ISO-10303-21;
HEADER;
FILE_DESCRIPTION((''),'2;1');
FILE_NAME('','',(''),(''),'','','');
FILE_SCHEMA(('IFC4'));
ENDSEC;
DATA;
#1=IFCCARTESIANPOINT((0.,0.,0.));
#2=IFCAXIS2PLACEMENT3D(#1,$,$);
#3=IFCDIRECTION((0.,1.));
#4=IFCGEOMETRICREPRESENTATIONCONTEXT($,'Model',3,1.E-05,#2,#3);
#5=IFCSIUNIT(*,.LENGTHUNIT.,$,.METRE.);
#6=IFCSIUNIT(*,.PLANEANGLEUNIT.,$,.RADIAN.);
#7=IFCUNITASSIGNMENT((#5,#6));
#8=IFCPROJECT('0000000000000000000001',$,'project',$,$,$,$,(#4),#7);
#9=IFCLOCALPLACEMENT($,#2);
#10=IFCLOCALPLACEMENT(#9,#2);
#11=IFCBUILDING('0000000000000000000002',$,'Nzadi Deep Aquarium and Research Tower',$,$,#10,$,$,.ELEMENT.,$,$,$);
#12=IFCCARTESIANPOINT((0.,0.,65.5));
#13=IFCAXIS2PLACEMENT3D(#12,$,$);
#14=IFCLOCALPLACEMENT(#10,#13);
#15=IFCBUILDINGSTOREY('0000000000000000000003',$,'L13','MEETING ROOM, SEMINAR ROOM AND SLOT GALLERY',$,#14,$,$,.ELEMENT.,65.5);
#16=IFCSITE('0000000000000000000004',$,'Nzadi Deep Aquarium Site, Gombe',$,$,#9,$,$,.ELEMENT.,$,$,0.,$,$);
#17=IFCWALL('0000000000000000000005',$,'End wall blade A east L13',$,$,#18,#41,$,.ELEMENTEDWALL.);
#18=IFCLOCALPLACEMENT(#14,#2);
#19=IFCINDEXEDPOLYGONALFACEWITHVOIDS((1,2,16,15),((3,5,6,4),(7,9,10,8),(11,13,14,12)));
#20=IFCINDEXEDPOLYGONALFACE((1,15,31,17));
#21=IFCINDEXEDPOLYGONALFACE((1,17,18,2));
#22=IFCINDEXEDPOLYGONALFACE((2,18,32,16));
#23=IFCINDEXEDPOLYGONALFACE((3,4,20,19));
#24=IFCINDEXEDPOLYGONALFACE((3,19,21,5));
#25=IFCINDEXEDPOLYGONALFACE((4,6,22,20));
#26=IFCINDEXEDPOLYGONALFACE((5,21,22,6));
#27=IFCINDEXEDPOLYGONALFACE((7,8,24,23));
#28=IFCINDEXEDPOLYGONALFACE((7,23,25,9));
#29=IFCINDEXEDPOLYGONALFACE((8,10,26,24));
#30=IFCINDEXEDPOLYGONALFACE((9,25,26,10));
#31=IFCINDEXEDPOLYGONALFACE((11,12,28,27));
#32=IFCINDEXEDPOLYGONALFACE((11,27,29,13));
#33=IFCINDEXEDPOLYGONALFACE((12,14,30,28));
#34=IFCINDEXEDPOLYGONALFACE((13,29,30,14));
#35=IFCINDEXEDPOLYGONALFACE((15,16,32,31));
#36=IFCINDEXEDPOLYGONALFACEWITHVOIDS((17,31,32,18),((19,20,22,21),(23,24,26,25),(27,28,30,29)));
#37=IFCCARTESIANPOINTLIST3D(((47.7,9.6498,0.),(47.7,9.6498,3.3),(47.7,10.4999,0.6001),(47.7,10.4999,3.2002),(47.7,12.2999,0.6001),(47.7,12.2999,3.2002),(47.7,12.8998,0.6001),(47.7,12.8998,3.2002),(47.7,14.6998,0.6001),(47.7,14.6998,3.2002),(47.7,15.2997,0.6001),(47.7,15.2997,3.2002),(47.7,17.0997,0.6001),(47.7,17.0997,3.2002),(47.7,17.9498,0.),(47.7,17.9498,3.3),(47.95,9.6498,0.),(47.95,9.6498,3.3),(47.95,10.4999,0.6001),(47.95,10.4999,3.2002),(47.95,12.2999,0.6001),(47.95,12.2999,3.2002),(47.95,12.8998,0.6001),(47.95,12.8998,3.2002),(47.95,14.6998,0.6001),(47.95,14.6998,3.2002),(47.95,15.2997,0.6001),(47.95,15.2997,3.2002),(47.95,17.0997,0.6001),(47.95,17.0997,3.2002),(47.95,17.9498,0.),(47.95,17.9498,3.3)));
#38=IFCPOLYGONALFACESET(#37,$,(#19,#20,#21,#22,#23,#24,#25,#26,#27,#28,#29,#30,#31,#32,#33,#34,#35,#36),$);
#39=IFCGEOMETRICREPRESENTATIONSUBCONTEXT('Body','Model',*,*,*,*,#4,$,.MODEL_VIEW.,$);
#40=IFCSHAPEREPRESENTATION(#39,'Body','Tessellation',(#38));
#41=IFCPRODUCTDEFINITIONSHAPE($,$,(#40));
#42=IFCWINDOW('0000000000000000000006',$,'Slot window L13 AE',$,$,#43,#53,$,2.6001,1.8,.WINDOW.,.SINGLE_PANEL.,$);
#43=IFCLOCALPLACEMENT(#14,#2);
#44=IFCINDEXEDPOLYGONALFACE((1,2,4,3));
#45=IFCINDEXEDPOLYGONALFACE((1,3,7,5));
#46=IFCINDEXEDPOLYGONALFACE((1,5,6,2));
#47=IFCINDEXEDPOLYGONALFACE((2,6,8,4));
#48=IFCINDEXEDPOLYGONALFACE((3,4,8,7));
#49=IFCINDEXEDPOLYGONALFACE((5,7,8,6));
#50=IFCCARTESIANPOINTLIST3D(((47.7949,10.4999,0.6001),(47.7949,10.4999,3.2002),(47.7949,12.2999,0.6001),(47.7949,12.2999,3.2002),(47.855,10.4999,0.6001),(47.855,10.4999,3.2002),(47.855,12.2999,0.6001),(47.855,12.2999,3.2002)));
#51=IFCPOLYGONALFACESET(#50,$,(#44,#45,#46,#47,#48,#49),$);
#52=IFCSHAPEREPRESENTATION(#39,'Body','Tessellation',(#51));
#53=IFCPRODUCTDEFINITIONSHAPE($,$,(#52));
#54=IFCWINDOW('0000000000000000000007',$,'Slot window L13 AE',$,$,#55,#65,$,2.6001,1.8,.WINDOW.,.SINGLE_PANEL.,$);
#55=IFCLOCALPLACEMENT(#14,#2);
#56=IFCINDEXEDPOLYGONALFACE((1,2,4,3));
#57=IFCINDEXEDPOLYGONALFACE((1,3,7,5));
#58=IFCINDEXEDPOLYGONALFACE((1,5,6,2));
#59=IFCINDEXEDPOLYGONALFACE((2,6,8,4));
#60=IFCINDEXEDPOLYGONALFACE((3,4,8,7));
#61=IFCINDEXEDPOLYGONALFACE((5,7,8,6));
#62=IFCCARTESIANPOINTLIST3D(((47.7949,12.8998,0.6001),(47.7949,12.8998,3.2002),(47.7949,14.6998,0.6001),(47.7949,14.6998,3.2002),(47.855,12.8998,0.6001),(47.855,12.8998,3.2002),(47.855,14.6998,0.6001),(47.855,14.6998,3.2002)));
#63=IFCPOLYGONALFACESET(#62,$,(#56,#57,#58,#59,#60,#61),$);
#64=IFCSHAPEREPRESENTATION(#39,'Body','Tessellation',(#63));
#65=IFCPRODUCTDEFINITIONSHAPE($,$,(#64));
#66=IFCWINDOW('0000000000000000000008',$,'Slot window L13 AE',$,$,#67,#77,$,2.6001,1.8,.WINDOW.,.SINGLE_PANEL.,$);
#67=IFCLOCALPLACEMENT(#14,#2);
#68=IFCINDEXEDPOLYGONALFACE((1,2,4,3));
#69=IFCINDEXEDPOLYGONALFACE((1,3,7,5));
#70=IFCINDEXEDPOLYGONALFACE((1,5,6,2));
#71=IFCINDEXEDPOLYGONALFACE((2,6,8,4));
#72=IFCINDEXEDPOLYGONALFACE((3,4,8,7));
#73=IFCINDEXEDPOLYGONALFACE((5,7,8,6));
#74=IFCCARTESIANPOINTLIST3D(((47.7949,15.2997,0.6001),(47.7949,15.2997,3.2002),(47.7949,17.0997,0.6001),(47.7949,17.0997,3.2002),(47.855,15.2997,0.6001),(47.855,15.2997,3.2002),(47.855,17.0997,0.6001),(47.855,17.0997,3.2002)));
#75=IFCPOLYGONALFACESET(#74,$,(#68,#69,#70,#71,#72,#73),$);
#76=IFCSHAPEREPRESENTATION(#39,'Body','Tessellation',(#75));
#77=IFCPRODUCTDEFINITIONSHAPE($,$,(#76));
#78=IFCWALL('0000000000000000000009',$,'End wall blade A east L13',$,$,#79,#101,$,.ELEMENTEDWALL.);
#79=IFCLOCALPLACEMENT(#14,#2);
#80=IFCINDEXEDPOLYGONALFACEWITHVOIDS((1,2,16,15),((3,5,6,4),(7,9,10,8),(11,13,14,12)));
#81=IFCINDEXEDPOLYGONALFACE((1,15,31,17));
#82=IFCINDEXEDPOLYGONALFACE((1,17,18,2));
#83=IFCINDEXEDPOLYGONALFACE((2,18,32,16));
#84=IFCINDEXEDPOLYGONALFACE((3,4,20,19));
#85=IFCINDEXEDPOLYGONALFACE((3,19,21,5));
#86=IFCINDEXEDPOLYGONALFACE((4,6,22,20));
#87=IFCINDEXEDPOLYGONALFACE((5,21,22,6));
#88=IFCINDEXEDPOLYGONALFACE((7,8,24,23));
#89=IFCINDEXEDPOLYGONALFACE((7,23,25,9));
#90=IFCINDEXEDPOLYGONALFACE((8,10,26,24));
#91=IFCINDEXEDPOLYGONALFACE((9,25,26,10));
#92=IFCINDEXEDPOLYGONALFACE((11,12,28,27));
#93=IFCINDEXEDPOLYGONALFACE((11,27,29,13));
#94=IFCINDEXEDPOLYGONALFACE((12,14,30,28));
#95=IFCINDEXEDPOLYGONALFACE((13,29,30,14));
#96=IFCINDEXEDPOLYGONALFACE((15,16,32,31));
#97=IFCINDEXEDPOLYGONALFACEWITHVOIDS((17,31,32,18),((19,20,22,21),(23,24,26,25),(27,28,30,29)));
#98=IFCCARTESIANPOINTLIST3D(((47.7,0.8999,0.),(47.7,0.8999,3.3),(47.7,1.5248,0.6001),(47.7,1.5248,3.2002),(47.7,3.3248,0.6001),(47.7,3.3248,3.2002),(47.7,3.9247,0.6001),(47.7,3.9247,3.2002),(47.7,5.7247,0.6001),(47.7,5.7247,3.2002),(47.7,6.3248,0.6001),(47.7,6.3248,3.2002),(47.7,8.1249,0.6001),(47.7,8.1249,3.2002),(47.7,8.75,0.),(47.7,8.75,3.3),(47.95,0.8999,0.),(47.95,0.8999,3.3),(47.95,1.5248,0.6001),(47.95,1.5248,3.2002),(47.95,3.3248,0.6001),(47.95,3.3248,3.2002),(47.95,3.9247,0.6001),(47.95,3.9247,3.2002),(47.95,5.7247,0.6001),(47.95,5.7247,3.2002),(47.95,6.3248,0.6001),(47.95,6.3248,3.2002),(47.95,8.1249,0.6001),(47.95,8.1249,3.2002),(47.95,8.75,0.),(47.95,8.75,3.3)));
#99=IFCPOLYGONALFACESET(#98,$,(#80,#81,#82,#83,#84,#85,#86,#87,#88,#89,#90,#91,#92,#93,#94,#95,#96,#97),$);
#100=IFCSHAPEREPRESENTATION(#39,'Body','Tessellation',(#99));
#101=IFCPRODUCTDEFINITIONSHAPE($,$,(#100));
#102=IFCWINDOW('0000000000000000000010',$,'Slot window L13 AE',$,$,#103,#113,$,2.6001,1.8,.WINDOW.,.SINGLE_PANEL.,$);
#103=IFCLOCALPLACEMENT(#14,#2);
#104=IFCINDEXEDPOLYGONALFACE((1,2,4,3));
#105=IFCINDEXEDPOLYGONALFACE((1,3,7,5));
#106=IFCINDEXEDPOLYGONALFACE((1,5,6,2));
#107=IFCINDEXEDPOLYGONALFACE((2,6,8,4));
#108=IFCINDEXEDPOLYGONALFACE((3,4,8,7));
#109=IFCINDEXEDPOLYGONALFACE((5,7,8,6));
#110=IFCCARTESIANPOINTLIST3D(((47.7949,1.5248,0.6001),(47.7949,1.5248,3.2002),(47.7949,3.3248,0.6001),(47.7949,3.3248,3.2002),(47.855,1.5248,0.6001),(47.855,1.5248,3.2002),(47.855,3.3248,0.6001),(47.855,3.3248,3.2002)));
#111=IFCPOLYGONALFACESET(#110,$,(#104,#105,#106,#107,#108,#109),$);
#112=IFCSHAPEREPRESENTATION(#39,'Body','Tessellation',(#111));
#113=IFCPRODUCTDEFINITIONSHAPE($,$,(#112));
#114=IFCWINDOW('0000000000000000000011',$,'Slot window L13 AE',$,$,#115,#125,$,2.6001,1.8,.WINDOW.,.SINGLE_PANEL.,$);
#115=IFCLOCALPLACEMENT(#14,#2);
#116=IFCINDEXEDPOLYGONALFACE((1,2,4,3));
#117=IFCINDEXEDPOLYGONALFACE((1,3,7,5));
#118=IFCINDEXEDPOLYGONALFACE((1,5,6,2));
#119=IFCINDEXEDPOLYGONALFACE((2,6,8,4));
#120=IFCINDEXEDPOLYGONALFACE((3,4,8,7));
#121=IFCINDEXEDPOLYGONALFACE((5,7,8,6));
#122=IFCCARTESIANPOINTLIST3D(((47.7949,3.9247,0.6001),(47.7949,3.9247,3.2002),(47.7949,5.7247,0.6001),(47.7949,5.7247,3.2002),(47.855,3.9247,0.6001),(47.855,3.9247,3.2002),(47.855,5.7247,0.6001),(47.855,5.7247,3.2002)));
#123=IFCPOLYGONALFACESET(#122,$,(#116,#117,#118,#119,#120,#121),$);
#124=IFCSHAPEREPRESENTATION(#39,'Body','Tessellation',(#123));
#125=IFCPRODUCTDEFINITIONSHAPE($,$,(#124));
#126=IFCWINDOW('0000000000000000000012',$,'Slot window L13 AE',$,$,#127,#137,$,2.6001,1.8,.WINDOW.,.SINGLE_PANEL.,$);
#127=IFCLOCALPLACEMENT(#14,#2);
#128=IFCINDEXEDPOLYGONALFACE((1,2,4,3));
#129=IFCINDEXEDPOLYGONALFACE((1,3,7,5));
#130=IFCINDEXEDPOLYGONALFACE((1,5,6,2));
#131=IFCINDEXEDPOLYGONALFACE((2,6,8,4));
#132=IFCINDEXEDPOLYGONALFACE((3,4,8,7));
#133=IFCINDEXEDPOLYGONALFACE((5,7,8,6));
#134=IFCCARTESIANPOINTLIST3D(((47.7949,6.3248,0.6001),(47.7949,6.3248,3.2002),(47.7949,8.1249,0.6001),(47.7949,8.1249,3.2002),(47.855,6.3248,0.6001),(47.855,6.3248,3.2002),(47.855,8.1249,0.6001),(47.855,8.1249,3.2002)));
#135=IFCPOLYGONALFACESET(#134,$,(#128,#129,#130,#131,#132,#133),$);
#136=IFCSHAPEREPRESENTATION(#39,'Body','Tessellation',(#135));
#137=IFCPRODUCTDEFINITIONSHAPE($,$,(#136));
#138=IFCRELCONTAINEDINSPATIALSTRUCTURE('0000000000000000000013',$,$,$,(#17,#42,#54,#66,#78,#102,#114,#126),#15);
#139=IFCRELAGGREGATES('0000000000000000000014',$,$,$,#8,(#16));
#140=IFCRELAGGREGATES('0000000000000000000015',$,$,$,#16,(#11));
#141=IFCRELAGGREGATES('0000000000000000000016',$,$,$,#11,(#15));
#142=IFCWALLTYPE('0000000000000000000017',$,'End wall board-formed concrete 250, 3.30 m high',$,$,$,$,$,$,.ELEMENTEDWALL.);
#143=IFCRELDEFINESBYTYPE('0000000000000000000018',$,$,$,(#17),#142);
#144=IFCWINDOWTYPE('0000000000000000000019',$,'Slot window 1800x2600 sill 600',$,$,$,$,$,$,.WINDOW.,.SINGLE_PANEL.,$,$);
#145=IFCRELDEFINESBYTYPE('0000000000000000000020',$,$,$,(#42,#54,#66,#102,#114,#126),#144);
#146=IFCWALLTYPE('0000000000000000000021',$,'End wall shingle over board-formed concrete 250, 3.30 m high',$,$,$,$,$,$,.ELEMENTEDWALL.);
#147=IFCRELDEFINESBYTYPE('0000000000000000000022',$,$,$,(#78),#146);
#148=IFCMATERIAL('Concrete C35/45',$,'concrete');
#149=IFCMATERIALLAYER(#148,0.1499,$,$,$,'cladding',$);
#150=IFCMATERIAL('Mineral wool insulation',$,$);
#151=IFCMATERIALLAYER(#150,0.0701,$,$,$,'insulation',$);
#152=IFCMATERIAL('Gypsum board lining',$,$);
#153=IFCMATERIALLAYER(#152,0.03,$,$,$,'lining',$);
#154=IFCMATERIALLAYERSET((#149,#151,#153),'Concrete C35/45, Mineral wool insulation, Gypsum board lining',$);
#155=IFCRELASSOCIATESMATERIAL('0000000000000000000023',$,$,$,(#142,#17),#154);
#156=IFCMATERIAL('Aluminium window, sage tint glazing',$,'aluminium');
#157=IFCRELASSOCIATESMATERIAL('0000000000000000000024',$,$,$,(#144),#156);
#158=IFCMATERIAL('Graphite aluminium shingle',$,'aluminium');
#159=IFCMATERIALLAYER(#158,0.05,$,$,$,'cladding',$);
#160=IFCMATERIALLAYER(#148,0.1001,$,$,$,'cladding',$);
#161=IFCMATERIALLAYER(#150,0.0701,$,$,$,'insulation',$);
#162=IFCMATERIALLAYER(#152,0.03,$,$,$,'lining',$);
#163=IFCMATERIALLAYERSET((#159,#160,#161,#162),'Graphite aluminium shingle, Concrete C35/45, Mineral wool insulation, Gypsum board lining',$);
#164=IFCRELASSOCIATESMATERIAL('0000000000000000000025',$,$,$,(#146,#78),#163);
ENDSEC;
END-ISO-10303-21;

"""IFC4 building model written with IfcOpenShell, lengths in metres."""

from ifc_helpers import new_model, si_unit, direction, frame, frame_2d, origin, place, context, subcontext, project, spatial, rectangle, extrude, material, layer, layer_set, layer_usage, type_object, element, fill, save


model = new_model("IFC4")

# Units and contexts
model_context = context("Model", 3, precision=1e-05, world=origin(), true_north=direction((0.0, 1.0)))
body_context = subcontext(model_context, "Body", "Model", "MODEL_VIEW")
ifc_project = project(units=[si_unit("LENGTHUNIT", "METRE"), si_unit("PLANEANGLEUNIT", "RADIAN")], contexts=[model_context])

# Site, building, storey
site_placement = place(None, origin())
site = spatial("IfcSite", under=ifc_project, at=site_placement, Name="Nzadi Deep Aquarium Site, Gombe", CompositionType="ELEMENT", RefElevation=0.0)
building_placement = place(site_placement, origin())
building = spatial("IfcBuilding", under=site, at=building_placement, Name="Nzadi Deep Aquarium and Research Tower", CompositionType="ELEMENT")
storey_placement = place(building_placement, frame((0.0, 0.0, 65.5)))
storey = spatial("IfcBuildingStorey", under=building, at=storey_placement, Name="L13", Description="MEETING ROOM, SEMINAR ROOM AND SLOT GALLERY", CompositionType="ELEMENT", Elevation=65.5)

# Walls, openings, windows
ifc_material_1 = material(Name="Concrete C35/45", Category="concrete")
ifc_layer_1 = layer(ifc_material_1, 0.1499, Category="cladding")
ifc_material_2 = material(Name="Mineral wool insulation")
ifc_layer_2 = layer(ifc_material_2, 0.0701, Category="insulation")
ifc_material_3 = material(Name="Gypsum board lining")
ifc_layer_3 = layer(ifc_material_3, 0.03, Category="lining")
ifc_layer_set_1 = layer_set([ifc_layer_1, ifc_layer_2, ifc_layer_3], Name="Concrete C35/45, Mineral wool insulation, Gypsum board lining")
ifc_layer_usage_1 = layer_usage(ifc_layer_set_1, "AXIS2", "POSITIVE", -0.125)
wall_type_1 = type_object("IfcWallType", Name="End wall board-formed concrete 250, 3.30 m high", PredefinedType="ELEMENTEDWALL", material=ifc_layer_set_1)
wall_1_placement = place(storey_placement, frame((47.825, 9.6499, 0.0), z_axis=(0.0, 0.0, 1.0), x_axis=(0.0, 1.0, 0.0)))
wall_1 = element("IfcWall", 1, at=wall_1_placement, inside=storey, type_object=wall_type_1, material=ifc_layer_usage_1, Name="End wall blade A east L13", PredefinedType="ELEMENTEDWALL", context=body_context, shape_type="SweptSolid", body=[
    extrude(rectangle(XDim=8.3, YDim=0.25, at=frame_2d((4.1499, 0.0))), origin(), (0.0, 0.0, 1.0), 3.3),
])
opening_1_placement = place(wall_1_placement, frame((0.8501, 0.0, 0.6001)))
opening_1 = element("IfcOpeningElement", 2, at=opening_1_placement, cuts=wall_1, PredefinedType="OPENING", context=body_context, shape_type="SweptSolid", body=[
    extrude(rectangle(XDim=1.8, YDim=2.6001, at=frame_2d((0.8999, 1.3))), frame((0.0, 0.135, 0.0), z_axis=(0.0, -1.0, 0.0), x_axis=(1.0, 0.0, 0.0)), (0.0, 0.0, 1.0), 0.27),
])
opening_2_placement = place(wall_1_placement, frame((3.25, 0.0, 0.6001)))
opening_2 = element("IfcOpeningElement", 3, at=opening_2_placement, cuts=wall_1, PredefinedType="OPENING", context=body_context, shape_type="SweptSolid", body=[
    extrude(rectangle(XDim=1.8, YDim=2.6001, at=frame_2d((0.8999, 1.3))), frame((0.0, 0.135, 0.0), z_axis=(0.0, -1.0, 0.0), x_axis=(1.0, 0.0, 0.0)), (0.0, 0.0, 1.0), 0.27),
])
opening_3_placement = place(wall_1_placement, frame((5.6499, 0.0, 0.6001)))
opening_3 = element("IfcOpeningElement", 4, at=opening_3_placement, cuts=wall_1, PredefinedType="OPENING", context=body_context, shape_type="SweptSolid", body=[
    extrude(rectangle(XDim=1.8, YDim=2.6001, at=frame_2d((0.8999, 1.3))), frame((0.0, 0.135, 0.0), z_axis=(0.0, -1.0, 0.0), x_axis=(1.0, 0.0, 0.0)), (0.0, 0.0, 1.0), 0.27),
])
ifc_material_4 = material(Name="Aluminium window, sage tint glazing", Category="aluminium")
window_type = type_object("IfcWindowType", Name="Slot window 1800x2600 sill 600", PartitioningType="SINGLE_PANEL", PredefinedType="WINDOW", material=ifc_material_4)
window_1_placement = place(opening_1_placement, origin())
window_1 = element("IfcWindow", 5, at=window_1_placement, inside=storey, type_object=window_type, Name="Slot window L13 AE", OverallHeight=2.6001, OverallWidth=1.8, PartitioningType="SINGLE_PANEL", PredefinedType="WINDOW", context=body_context, shape_type="SweptSolid", body=[
    extrude(rectangle(XDim=1.8, YDim=2.6001, at=frame_2d((0.8999, 1.3))), frame((0.0, 0.03, 0.0), z_axis=(0.0, -1.0, 0.0), x_axis=(1.0, 0.0, 0.0)), (0.0, 0.0, 1.0), 0.0601),
])
fill(opening_1, window_1)
window_2_placement = place(opening_2_placement, origin())
window_2 = element("IfcWindow", 6, at=window_2_placement, inside=storey, type_object=window_type, Name="Slot window L13 AE", OverallHeight=2.6001, OverallWidth=1.8, PartitioningType="SINGLE_PANEL", PredefinedType="WINDOW", context=body_context, shape_type="SweptSolid", body=[
    extrude(rectangle(XDim=1.8, YDim=2.6001, at=frame_2d((0.8999, 1.3))), frame((0.0, 0.03, 0.0), z_axis=(0.0, -1.0, 0.0), x_axis=(1.0, 0.0, 0.0)), (0.0, 0.0, 1.0), 0.0601),
])
fill(opening_2, window_2)
window_3_placement = place(opening_3_placement, origin())
window_3 = element("IfcWindow", 7, at=window_3_placement, inside=storey, type_object=window_type, Name="Slot window L13 AE", OverallHeight=2.6001, OverallWidth=1.8, PartitioningType="SINGLE_PANEL", PredefinedType="WINDOW", context=body_context, shape_type="SweptSolid", body=[
    extrude(rectangle(XDim=1.8, YDim=2.6001, at=frame_2d((0.8999, 1.3))), frame((0.0, 0.03, 0.0), z_axis=(0.0, -1.0, 0.0), x_axis=(1.0, 0.0, 0.0)), (0.0, 0.0, 1.0), 0.0601),
])
fill(opening_3, window_3)
ifc_material_5 = material(Name="Graphite aluminium shingle", Category="aluminium")
ifc_layer_4 = layer(ifc_material_5, 0.05, Category="cladding")
ifc_layer_5 = layer(ifc_material_1, 0.1001, Category="cladding")
ifc_layer_6 = layer(ifc_material_2, 0.0701, Category="insulation")
ifc_layer_7 = layer(ifc_material_3, 0.03, Category="lining")
ifc_layer_set_2 = layer_set([ifc_layer_4, ifc_layer_5, ifc_layer_6, ifc_layer_7], Name="Graphite aluminium shingle, Concrete C35/45, Mineral wool insulation, Gypsum board lining")
ifc_layer_usage_2 = layer_usage(ifc_layer_set_2, "AXIS2", "POSITIVE", -0.125)
wall_type_2 = type_object("IfcWallType", Name="End wall shingle over board-formed concrete 250, 3.30 m high", PredefinedType="ELEMENTEDWALL", material=ifc_layer_set_2)
wall_2_placement = place(storey_placement, frame((47.825, 0.8999, 0.0), z_axis=(0.0, 0.0, 1.0), x_axis=(0.0, 1.0, 0.0)))
wall_2 = element("IfcWall", 8, at=wall_2_placement, inside=storey, type_object=wall_type_2, material=ifc_layer_usage_2, Name="End wall blade A east L13", PredefinedType="ELEMENTEDWALL", context=body_context, shape_type="SweptSolid", body=[
    extrude(rectangle(XDim=7.8501, YDim=0.25, at=frame_2d((3.925, 0.0))), origin(), (0.0, 0.0, 1.0), 3.3),
])
opening_4_placement = place(wall_2_placement, frame((0.625, 0.0, 0.6001)))
opening_4 = element("IfcOpeningElement", 9, at=opening_4_placement, cuts=wall_2, PredefinedType="OPENING", context=body_context, shape_type="SweptSolid", body=[
    extrude(rectangle(XDim=1.8, YDim=2.6001, at=frame_2d((0.8999, 1.3))), frame((0.0, 0.135, 0.0), z_axis=(0.0, -1.0, 0.0), x_axis=(1.0, 0.0, 0.0)), (0.0, 0.0, 1.0), 0.27),
])
opening_5_placement = place(wall_2_placement, frame((3.0249, 0.0, 0.6001)))
opening_5 = element("IfcOpeningElement", 10, at=opening_5_placement, cuts=wall_2, PredefinedType="OPENING", context=body_context, shape_type="SweptSolid", body=[
    extrude(rectangle(XDim=1.8, YDim=2.6001, at=frame_2d((0.8999, 1.3))), frame((0.0, 0.135, 0.0), z_axis=(0.0, -1.0, 0.0), x_axis=(1.0, 0.0, 0.0)), (0.0, 0.0, 1.0), 0.27),
])
opening_6_placement = place(wall_2_placement, frame((5.425, 0.0, 0.6001)))
opening_6 = element("IfcOpeningElement", 11, at=opening_6_placement, cuts=wall_2, PredefinedType="OPENING", context=body_context, shape_type="SweptSolid", body=[
    extrude(rectangle(XDim=1.8, YDim=2.6001, at=frame_2d((0.8999, 1.3))), frame((0.0, 0.135, 0.0), z_axis=(0.0, -1.0, 0.0), x_axis=(1.0, 0.0, 0.0)), (0.0, 0.0, 1.0), 0.27),
])
window_4_placement = place(opening_4_placement, origin())
window_4 = element("IfcWindow", 12, at=window_4_placement, inside=storey, type_object=window_type, Name="Slot window L13 AE", OverallHeight=2.6001, OverallWidth=1.8, PartitioningType="SINGLE_PANEL", PredefinedType="WINDOW", context=body_context, shape_type="SweptSolid", body=[
    extrude(rectangle(XDim=1.8, YDim=2.6001, at=frame_2d((0.8999, 1.3))), frame((0.0, 0.03, 0.0), z_axis=(0.0, -1.0, 0.0), x_axis=(1.0, 0.0, 0.0)), (0.0, 0.0, 1.0), 0.0601),
])
fill(opening_4, window_4)
window_5_placement = place(opening_5_placement, origin())
window_5 = element("IfcWindow", 13, at=window_5_placement, inside=storey, type_object=window_type, Name="Slot window L13 AE", OverallHeight=2.6001, OverallWidth=1.8, PartitioningType="SINGLE_PANEL", PredefinedType="WINDOW", context=body_context, shape_type="SweptSolid", body=[
    extrude(rectangle(XDim=1.8, YDim=2.6001, at=frame_2d((0.8999, 1.3))), frame((0.0, 0.03, 0.0), z_axis=(0.0, -1.0, 0.0), x_axis=(1.0, 0.0, 0.0)), (0.0, 0.0, 1.0), 0.0601),
])
fill(opening_5, window_5)
window_6_placement = place(opening_6_placement, origin())
window_6 = element("IfcWindow", 14, at=window_6_placement, inside=storey, type_object=window_type, Name="Slot window L13 AE", OverallHeight=2.6001, OverallWidth=1.8, PartitioningType="SINGLE_PANEL", PredefinedType="WINDOW", context=body_context, shape_type="SweptSolid", body=[
    extrude(rectangle(XDim=1.8, YDim=2.6001, at=frame_2d((0.8999, 1.3))), frame((0.0, 0.03, 0.0), z_axis=(0.0, -1.0, 0.0), x_axis=(1.0, 0.0, 0.0)), (0.0, 0.0, 1.0), 0.0601),
])
fill(opening_6, window_6)

save(model, "model.ifc")
